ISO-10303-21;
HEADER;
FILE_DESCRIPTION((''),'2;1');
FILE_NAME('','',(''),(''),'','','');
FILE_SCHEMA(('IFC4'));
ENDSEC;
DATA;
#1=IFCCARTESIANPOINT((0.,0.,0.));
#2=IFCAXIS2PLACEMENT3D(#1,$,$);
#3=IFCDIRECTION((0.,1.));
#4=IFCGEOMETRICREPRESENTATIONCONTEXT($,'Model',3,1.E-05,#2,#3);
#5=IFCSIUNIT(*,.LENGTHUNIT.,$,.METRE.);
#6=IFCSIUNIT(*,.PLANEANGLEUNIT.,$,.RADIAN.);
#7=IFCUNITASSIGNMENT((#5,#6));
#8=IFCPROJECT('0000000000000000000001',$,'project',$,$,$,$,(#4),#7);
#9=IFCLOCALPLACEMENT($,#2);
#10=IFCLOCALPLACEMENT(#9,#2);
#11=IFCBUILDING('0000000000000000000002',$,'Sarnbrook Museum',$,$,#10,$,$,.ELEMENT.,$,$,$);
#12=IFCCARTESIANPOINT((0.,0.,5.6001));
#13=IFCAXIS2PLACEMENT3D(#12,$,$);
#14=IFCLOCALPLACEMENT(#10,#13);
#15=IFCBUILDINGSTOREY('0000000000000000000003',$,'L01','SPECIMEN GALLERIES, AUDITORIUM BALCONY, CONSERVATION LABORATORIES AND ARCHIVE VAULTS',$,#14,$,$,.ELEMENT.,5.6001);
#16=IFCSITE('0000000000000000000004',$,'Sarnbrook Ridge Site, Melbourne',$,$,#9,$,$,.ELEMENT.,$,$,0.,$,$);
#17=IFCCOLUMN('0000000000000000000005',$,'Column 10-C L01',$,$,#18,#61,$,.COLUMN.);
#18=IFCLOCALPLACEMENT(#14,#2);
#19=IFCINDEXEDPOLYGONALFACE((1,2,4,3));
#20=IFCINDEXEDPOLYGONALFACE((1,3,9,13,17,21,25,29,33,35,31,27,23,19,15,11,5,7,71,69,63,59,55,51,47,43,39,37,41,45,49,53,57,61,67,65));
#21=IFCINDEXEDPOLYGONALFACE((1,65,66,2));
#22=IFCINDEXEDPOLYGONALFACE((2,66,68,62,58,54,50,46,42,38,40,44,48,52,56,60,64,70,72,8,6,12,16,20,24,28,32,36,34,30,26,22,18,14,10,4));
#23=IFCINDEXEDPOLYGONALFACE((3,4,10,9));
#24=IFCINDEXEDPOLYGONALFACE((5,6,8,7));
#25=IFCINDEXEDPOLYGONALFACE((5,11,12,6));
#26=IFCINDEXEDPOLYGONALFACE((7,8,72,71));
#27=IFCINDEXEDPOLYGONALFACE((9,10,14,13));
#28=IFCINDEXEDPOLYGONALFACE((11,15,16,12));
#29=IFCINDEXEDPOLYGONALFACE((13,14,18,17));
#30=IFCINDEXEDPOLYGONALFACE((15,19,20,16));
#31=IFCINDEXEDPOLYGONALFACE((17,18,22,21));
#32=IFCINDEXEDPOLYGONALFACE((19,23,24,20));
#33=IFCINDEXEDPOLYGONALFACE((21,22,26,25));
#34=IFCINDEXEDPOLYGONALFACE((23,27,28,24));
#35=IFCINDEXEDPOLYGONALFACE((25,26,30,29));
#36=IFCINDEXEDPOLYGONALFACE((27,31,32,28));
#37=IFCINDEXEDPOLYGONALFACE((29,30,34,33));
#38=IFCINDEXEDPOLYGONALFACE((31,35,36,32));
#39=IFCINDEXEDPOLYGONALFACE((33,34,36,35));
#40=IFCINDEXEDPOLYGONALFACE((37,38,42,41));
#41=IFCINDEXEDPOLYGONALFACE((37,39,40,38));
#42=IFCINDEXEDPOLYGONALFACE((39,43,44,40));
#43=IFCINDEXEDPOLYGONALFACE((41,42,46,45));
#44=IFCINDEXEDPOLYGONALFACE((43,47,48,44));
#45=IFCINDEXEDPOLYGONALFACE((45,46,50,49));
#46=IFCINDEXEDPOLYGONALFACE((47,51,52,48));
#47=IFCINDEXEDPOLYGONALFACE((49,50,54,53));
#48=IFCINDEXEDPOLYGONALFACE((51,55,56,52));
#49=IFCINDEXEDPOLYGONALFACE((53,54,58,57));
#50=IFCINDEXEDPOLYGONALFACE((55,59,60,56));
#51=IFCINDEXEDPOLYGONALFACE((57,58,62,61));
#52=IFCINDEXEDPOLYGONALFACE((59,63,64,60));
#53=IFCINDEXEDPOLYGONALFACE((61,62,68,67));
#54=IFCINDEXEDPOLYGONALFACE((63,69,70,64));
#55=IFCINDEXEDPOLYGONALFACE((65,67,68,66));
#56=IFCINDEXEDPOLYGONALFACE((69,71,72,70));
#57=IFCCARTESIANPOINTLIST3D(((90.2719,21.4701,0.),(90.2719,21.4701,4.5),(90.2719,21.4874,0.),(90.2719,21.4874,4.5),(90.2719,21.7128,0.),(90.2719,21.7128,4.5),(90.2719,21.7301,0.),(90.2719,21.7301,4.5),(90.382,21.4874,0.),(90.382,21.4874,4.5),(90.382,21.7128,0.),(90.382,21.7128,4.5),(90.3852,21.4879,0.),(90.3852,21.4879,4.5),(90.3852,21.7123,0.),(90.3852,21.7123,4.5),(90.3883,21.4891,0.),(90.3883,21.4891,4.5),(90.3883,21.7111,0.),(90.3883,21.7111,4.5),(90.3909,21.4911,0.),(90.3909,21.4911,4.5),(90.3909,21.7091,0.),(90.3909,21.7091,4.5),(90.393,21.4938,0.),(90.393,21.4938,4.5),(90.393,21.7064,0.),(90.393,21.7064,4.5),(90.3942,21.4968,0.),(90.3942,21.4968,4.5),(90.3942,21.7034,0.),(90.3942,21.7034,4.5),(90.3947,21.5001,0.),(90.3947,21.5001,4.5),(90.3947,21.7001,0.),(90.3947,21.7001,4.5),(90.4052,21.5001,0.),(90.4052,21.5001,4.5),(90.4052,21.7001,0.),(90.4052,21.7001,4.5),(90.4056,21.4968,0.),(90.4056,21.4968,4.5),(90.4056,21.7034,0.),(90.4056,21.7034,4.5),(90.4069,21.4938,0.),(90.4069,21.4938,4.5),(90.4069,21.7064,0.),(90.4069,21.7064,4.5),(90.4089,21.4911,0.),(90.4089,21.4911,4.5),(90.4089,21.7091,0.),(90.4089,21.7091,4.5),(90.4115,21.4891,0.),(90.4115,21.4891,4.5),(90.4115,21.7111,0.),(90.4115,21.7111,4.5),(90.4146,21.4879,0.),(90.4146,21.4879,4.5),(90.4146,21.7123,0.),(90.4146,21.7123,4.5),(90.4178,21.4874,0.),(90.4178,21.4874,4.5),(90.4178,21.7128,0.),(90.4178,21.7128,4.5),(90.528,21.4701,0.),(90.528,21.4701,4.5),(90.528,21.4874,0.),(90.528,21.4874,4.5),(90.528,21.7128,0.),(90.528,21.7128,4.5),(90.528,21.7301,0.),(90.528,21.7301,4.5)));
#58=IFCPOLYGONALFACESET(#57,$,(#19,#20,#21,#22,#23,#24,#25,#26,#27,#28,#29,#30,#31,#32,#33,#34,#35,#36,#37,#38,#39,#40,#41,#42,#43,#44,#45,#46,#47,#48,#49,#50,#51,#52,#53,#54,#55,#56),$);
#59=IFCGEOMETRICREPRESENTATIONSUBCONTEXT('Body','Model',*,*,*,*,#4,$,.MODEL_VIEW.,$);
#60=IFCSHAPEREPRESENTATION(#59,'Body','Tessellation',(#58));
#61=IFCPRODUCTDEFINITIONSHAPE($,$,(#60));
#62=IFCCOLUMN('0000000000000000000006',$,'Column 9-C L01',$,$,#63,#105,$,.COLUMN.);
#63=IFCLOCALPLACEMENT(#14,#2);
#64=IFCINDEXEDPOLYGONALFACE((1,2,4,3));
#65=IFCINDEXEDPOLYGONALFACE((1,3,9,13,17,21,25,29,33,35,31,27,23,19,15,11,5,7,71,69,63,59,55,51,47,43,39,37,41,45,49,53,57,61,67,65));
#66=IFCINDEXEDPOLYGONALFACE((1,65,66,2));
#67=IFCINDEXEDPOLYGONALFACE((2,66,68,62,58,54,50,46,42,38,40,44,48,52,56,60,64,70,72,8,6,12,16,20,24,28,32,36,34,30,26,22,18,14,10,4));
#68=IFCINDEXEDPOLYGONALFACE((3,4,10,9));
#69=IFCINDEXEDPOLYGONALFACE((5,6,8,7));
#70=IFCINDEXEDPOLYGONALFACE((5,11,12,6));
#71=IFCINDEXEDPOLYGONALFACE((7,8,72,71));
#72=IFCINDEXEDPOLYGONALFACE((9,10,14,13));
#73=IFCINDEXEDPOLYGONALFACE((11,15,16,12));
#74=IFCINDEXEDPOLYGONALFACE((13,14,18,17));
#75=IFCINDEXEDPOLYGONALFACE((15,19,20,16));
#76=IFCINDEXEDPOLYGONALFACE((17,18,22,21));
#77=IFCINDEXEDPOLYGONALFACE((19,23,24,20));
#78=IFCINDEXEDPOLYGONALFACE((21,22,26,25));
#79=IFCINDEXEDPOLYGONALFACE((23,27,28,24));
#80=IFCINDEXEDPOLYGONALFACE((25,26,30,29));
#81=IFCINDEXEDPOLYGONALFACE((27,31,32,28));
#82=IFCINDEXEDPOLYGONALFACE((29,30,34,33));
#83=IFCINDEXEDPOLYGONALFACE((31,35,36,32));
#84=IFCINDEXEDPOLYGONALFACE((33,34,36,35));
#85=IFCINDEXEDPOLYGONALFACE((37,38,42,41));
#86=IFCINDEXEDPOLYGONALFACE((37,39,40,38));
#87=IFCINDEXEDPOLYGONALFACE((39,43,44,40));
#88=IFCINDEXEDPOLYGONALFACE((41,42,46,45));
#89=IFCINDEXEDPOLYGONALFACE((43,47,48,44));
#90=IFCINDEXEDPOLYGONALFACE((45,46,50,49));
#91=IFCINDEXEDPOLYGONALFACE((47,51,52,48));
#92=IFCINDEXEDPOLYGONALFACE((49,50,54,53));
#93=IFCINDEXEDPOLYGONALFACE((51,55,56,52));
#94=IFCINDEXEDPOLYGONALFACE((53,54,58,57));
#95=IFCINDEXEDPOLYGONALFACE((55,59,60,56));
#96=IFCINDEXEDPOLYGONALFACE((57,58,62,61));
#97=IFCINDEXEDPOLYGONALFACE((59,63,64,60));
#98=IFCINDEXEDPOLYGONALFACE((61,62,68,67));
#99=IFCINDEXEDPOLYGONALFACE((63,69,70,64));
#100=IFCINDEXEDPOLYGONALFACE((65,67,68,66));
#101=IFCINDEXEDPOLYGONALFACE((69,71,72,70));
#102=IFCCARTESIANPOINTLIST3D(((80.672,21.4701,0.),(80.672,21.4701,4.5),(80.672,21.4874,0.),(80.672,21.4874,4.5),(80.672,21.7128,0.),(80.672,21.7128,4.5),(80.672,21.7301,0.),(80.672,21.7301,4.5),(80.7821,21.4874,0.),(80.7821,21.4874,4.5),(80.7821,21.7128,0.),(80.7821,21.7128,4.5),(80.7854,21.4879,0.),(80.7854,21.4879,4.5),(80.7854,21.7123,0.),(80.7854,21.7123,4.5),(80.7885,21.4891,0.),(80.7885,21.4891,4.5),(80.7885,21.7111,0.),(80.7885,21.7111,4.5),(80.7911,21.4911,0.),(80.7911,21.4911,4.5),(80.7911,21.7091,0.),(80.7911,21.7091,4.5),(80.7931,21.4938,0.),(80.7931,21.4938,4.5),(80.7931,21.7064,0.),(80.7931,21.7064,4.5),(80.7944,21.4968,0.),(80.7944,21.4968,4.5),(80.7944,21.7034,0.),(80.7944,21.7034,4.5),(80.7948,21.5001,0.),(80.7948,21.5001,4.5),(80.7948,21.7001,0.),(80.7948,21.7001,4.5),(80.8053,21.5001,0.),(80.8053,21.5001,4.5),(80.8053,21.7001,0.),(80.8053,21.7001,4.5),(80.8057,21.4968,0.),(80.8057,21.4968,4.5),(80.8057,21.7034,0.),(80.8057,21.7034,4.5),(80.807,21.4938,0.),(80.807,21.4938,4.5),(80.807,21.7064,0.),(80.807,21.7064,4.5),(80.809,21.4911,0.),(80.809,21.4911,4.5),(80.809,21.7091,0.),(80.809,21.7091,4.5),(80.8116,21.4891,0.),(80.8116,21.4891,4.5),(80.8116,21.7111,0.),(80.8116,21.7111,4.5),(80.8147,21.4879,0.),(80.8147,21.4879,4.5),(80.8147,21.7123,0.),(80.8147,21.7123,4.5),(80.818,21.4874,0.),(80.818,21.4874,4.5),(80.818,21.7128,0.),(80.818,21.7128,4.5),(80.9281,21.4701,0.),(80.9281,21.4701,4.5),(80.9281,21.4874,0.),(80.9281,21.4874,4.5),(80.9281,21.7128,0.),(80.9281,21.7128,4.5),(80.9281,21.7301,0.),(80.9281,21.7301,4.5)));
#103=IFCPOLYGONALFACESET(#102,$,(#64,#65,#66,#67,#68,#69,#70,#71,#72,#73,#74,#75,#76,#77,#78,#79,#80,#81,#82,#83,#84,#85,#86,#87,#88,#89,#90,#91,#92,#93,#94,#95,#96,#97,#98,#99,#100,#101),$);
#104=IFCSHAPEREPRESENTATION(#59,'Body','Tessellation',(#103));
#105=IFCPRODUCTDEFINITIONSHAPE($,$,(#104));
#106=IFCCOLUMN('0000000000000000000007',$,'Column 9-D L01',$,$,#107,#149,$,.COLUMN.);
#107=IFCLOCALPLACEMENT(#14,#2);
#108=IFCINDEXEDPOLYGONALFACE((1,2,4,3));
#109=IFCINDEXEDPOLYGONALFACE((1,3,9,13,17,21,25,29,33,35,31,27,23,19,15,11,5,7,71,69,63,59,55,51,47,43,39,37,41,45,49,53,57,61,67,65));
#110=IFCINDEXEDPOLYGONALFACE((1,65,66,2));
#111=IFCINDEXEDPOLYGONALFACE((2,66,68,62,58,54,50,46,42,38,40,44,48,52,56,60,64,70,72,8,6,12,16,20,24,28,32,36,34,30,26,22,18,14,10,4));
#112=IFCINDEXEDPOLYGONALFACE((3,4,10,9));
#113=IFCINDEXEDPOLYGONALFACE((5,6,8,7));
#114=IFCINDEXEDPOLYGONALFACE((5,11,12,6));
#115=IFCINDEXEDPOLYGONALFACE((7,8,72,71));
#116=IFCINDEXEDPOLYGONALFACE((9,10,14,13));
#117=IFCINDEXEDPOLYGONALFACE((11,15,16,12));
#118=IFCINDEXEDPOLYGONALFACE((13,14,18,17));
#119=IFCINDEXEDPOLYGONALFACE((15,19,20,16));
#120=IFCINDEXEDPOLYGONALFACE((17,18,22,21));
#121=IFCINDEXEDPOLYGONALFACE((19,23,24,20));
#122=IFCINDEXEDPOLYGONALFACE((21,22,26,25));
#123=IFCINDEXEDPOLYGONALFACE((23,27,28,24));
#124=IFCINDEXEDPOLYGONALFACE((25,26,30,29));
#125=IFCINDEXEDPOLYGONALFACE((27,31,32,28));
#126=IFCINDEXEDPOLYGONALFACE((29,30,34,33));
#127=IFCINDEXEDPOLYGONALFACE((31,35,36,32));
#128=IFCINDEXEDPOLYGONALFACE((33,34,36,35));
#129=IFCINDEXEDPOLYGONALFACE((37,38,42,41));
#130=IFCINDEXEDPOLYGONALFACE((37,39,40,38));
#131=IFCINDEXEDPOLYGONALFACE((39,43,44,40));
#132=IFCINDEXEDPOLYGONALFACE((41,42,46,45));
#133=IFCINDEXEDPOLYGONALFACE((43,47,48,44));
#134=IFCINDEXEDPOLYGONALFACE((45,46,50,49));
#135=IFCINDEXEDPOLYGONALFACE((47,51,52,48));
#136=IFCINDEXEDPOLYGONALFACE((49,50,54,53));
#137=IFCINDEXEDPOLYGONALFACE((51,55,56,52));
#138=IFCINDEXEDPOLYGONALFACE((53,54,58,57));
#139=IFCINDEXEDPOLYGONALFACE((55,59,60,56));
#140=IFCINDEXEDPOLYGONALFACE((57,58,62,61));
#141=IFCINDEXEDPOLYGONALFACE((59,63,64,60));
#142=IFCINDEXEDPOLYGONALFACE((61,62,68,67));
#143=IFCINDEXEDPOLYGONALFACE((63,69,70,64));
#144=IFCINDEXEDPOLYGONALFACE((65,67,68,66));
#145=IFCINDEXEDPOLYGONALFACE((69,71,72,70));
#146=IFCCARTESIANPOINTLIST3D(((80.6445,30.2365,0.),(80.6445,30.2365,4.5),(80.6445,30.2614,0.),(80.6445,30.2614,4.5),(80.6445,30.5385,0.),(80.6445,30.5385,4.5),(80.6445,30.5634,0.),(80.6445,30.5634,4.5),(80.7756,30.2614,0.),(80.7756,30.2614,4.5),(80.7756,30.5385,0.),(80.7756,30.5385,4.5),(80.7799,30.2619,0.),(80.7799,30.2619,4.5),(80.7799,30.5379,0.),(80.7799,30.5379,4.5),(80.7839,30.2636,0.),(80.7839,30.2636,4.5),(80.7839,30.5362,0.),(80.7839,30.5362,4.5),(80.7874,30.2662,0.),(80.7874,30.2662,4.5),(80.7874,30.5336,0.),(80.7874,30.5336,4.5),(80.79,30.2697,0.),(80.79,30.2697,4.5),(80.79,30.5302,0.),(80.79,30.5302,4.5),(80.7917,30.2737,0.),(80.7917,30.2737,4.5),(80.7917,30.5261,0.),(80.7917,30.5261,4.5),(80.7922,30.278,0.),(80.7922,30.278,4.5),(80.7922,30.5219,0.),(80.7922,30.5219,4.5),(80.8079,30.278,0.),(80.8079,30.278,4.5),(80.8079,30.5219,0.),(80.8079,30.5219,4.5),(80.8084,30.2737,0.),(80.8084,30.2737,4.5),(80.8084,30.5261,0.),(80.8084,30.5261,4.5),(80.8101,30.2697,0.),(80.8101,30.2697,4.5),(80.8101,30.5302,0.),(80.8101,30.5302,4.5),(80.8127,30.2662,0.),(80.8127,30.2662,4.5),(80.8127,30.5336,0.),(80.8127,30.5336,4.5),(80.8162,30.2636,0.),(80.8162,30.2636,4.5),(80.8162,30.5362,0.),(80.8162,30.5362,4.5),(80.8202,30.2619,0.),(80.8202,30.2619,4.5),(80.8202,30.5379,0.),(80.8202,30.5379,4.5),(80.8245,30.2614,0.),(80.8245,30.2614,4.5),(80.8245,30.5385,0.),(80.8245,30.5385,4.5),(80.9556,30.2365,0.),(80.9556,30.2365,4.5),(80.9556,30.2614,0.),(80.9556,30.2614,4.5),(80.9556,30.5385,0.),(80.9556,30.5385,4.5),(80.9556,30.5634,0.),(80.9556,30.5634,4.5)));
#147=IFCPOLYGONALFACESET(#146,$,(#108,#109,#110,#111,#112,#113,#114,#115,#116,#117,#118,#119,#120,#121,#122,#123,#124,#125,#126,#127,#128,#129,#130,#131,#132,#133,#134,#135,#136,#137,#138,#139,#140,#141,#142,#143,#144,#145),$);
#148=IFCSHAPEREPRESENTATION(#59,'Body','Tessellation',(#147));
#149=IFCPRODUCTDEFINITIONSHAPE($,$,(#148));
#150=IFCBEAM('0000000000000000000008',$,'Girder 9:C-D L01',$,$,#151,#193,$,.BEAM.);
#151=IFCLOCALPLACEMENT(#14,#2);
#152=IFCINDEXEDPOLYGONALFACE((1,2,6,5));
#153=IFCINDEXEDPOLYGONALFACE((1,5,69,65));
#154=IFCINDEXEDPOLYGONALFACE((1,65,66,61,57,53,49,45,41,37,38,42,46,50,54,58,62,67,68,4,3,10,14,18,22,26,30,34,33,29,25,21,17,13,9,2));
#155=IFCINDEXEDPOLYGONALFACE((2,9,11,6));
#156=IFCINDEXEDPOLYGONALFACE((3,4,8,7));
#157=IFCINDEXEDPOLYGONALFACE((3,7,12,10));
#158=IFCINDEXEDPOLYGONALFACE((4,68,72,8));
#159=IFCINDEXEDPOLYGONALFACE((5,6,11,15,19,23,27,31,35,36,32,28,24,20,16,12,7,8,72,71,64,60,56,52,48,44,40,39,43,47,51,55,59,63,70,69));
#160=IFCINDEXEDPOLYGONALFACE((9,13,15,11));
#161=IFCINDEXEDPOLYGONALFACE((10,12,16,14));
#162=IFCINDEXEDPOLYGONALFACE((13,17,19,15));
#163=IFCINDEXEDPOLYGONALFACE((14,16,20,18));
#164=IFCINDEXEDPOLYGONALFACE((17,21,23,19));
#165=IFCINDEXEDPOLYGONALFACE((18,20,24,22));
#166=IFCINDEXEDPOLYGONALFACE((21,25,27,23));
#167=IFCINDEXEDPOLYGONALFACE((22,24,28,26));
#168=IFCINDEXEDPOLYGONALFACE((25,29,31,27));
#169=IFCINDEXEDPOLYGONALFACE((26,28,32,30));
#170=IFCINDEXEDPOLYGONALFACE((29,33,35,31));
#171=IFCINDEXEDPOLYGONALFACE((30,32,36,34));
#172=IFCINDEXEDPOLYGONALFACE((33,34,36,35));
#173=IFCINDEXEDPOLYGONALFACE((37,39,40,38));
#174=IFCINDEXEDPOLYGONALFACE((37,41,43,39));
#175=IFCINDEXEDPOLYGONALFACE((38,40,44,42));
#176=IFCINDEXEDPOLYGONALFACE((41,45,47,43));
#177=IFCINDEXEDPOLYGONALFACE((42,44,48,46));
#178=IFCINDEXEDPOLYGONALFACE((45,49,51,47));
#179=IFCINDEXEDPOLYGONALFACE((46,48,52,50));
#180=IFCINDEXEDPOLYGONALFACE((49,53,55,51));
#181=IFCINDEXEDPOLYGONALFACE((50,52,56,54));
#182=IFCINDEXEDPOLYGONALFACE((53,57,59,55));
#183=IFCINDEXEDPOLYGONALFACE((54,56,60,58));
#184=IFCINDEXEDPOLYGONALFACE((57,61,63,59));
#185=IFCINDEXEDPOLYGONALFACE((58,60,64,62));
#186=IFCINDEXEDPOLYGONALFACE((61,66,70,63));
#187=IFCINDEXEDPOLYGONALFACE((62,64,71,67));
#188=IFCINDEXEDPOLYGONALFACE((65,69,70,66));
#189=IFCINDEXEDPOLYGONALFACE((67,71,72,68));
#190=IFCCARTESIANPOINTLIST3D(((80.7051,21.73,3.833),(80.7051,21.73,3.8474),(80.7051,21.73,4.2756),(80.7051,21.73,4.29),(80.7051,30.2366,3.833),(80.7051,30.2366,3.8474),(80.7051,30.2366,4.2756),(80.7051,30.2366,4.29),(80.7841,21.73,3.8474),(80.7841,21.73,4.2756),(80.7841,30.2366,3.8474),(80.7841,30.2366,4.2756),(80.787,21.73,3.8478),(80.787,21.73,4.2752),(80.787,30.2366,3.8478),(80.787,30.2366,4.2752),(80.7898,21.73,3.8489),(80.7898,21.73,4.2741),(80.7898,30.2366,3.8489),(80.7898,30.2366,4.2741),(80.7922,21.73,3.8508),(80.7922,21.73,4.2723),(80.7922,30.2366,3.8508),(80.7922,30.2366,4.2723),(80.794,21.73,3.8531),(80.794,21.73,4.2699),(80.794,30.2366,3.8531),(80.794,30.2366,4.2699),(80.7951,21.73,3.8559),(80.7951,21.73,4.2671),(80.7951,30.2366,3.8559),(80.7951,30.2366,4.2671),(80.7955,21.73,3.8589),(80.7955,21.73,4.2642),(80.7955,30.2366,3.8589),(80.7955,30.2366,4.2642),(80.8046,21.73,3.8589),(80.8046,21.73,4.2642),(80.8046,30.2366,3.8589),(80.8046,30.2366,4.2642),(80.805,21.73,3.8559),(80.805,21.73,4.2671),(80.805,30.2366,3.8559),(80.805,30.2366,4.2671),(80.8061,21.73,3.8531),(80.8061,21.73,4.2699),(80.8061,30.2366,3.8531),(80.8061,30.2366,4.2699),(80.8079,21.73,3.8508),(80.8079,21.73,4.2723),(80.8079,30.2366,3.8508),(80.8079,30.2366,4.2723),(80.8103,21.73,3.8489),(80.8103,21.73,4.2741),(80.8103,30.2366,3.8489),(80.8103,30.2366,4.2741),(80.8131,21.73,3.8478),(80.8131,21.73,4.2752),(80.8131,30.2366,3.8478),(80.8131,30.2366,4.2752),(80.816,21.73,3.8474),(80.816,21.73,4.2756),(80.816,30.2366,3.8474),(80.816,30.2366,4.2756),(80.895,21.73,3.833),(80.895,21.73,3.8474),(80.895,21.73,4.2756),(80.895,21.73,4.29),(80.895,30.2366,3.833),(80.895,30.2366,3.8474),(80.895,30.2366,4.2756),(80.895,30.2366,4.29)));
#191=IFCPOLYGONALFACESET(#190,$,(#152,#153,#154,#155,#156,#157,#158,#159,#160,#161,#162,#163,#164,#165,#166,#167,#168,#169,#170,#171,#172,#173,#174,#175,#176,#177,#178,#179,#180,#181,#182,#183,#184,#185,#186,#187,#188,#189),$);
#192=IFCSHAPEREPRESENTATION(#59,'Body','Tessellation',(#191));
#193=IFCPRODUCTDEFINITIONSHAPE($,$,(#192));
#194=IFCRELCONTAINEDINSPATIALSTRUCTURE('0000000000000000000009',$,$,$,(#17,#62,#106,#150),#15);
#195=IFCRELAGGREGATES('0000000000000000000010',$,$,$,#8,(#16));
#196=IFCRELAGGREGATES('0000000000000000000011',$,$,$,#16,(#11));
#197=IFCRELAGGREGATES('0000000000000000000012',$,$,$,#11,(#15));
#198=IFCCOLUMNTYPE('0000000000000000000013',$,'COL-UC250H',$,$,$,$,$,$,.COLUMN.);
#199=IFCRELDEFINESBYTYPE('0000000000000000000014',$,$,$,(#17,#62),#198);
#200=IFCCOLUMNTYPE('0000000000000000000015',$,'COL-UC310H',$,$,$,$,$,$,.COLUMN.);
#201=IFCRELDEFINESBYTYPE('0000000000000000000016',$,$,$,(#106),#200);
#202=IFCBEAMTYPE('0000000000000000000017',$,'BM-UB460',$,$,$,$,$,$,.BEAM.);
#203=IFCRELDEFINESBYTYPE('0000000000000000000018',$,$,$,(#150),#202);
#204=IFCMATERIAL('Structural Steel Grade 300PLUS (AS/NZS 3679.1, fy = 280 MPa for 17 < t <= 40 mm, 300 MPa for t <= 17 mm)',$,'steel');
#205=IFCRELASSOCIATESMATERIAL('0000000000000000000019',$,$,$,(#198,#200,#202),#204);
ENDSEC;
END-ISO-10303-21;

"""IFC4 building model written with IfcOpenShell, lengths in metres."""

from ifc_helpers import new_model, si_unit, direction, frame, origin, origin_2d, place, context, subcontext, project, spatial, i_section, extrude, material, material_profile, profile_set, type_object, element, save


model = new_model("IFC4")

# Units and contexts
model_context = context("Model", 3, precision=1e-05, world=origin(), true_north=direction((0.0, 1.0)))
body_context = subcontext(model_context, "Body", "Model", "MODEL_VIEW")
ifc_project = project(units=[si_unit("LENGTHUNIT", "METRE"), si_unit("PLANEANGLEUNIT", "RADIAN")], contexts=[model_context])

# Site, building, storey
site_placement = place(None, origin())
site = spatial("IfcSite", under=ifc_project, at=site_placement, Name="Sarnbrook Ridge Site, Melbourne", CompositionType="ELEMENT", RefElevation=0.0)
building_placement = place(site_placement, origin())
building = spatial("IfcBuilding", under=site, at=building_placement, Name="Sarnbrook Museum", CompositionType="ELEMENT")
storey_placement = place(building_placement, frame((0.0, 0.0, 5.6001)))
storey = spatial("IfcBuildingStorey", under=building, at=storey_placement, Name="L01", Description="SPECIMEN GALLERIES, AUDITORIUM BALCONY, CONSERVATION LABORATORIES AND ARCHIVE VAULTS", CompositionType="ELEMENT", Elevation=5.6001)

# Columns
ifc_material_1 = material(Name="Structural Steel Grade 300PLUS (AS/NZS 3679.1, fy = 280 MPa for 17 < t <= 40 mm, 300 MPa for t <= 17 mm)", Category="steel")
ifc_material_profile_1 = material_profile(ifc_material_1, i_section(OverallWidth=0.2561, OverallDepth=0.26, WebThickness=0.0105, FlangeThickness=0.0173, FilletRadius=0.0127, at=origin_2d()), Name="250UC89.5")
ifc_profile_set_1 = profile_set([ifc_material_profile_1], Name="Structural Steel Grade 300PLUS (AS/NZS 3679.1, fy = 280 MPa for 17 < t <= 40 mm, 300 MPa for t <= 17 mm)")
column_type_1 = type_object("IfcColumnType", Name="COL-UC250H", PredefinedType="COLUMN", material=ifc_profile_set_1)
for number, where, z_axis, x_axis, name in (
    (1, (90.3999, 21.6001, 0.0), (0.0, 0.0, 1.0), (1.0, 0.0, 0.0), "Column 10-C L01"),
    (2, (80.8, 21.6001, 0.0), (0.0, 0.0, 1.0), (1.0, 0.0, 0.0), "Column 9-C L01"),
):
    element("IfcColumn", number, at=place(storey_placement, frame(where, z_axis=z_axis, x_axis=x_axis)), inside=storey, type_object=column_type_1, Name=name, PredefinedType="COLUMN", context=body_context, shape_type="SweptSolid", body=[
        extrude(i_section(OverallWidth=0.2561, OverallDepth=0.26, WebThickness=0.0105, FlangeThickness=0.0173, FilletRadius=0.0127, at=origin_2d()), origin(), (0.0, 0.0, 1.0), 4.5),
    ])
ifc_material_profile_2 = material_profile(ifc_material_1, i_section(OverallWidth=0.311, OverallDepth=0.3269, WebThickness=0.0156, FlangeThickness=0.0249, FilletRadius=0.0166, at=origin_2d()), Name="310UC158")
ifc_profile_set_2 = profile_set([ifc_material_profile_2], Name="Structural Steel Grade 300PLUS (AS/NZS 3679.1, fy = 280 MPa for 17 < t <= 40 mm, 300 MPa for t <= 17 mm)")
column_type_2 = type_object("IfcColumnType", Name="COL-UC310H", PredefinedType="COLUMN", material=ifc_profile_set_2)
column_placement = place(storey_placement, frame((80.8, 30.3999, 0.0), z_axis=(0.0, 0.0, 1.0), x_axis=(1.0, 0.0, 0.0)))
element("IfcColumn", 3, at=column_placement, inside=storey, type_object=column_type_2, Name="Column 9-D L01", PredefinedType="COLUMN", context=body_context, shape_type="SweptSolid", body=[
    extrude(i_section(OverallWidth=0.311, OverallDepth=0.3269, WebThickness=0.0156, FlangeThickness=0.0249, FilletRadius=0.0166, at=origin_2d()), origin(), (0.0, 0.0, 1.0), 4.5),
])

# Beam
ifc_material_profile_3 = material_profile(ifc_material_1, i_section(OverallWidth=0.1899, OverallDepth=0.457, WebThickness=0.009, FlangeThickness=0.0144, FilletRadius=0.0115, at=origin_2d()), Name="460UB74.6")
ifc_profile_set_3 = profile_set([ifc_material_profile_3], Name="Structural Steel Grade 300PLUS (AS/NZS 3679.1, fy = 280 MPa for 17 < t <= 40 mm, 300 MPa for t <= 17 mm)")
beam_type_1 = type_object("IfcBeamType", Name="BM-UB460", PredefinedType="BEAM", material=ifc_profile_set_3)
beam_1_placement = place(storey_placement, frame((80.8, 21.73, 4.0615), z_axis=(0.0, 1.0, 0.0), x_axis=(-1.0, 0.0, 0.0)))
element("IfcBeam", 4, at=beam_1_placement, inside=storey, type_object=beam_type_1, Name="Girder 9:C-D L01", PredefinedType="BEAM", context=body_context, shape_type="SweptSolid", body=[
    extrude(i_section(OverallWidth=0.1899, OverallDepth=0.457, WebThickness=0.009, FlangeThickness=0.0144, FilletRadius=0.0115, at=origin_2d()), origin(), (0.0, 0.0, 1.0), 8.5066),
])

save(model, "model.ifc")
